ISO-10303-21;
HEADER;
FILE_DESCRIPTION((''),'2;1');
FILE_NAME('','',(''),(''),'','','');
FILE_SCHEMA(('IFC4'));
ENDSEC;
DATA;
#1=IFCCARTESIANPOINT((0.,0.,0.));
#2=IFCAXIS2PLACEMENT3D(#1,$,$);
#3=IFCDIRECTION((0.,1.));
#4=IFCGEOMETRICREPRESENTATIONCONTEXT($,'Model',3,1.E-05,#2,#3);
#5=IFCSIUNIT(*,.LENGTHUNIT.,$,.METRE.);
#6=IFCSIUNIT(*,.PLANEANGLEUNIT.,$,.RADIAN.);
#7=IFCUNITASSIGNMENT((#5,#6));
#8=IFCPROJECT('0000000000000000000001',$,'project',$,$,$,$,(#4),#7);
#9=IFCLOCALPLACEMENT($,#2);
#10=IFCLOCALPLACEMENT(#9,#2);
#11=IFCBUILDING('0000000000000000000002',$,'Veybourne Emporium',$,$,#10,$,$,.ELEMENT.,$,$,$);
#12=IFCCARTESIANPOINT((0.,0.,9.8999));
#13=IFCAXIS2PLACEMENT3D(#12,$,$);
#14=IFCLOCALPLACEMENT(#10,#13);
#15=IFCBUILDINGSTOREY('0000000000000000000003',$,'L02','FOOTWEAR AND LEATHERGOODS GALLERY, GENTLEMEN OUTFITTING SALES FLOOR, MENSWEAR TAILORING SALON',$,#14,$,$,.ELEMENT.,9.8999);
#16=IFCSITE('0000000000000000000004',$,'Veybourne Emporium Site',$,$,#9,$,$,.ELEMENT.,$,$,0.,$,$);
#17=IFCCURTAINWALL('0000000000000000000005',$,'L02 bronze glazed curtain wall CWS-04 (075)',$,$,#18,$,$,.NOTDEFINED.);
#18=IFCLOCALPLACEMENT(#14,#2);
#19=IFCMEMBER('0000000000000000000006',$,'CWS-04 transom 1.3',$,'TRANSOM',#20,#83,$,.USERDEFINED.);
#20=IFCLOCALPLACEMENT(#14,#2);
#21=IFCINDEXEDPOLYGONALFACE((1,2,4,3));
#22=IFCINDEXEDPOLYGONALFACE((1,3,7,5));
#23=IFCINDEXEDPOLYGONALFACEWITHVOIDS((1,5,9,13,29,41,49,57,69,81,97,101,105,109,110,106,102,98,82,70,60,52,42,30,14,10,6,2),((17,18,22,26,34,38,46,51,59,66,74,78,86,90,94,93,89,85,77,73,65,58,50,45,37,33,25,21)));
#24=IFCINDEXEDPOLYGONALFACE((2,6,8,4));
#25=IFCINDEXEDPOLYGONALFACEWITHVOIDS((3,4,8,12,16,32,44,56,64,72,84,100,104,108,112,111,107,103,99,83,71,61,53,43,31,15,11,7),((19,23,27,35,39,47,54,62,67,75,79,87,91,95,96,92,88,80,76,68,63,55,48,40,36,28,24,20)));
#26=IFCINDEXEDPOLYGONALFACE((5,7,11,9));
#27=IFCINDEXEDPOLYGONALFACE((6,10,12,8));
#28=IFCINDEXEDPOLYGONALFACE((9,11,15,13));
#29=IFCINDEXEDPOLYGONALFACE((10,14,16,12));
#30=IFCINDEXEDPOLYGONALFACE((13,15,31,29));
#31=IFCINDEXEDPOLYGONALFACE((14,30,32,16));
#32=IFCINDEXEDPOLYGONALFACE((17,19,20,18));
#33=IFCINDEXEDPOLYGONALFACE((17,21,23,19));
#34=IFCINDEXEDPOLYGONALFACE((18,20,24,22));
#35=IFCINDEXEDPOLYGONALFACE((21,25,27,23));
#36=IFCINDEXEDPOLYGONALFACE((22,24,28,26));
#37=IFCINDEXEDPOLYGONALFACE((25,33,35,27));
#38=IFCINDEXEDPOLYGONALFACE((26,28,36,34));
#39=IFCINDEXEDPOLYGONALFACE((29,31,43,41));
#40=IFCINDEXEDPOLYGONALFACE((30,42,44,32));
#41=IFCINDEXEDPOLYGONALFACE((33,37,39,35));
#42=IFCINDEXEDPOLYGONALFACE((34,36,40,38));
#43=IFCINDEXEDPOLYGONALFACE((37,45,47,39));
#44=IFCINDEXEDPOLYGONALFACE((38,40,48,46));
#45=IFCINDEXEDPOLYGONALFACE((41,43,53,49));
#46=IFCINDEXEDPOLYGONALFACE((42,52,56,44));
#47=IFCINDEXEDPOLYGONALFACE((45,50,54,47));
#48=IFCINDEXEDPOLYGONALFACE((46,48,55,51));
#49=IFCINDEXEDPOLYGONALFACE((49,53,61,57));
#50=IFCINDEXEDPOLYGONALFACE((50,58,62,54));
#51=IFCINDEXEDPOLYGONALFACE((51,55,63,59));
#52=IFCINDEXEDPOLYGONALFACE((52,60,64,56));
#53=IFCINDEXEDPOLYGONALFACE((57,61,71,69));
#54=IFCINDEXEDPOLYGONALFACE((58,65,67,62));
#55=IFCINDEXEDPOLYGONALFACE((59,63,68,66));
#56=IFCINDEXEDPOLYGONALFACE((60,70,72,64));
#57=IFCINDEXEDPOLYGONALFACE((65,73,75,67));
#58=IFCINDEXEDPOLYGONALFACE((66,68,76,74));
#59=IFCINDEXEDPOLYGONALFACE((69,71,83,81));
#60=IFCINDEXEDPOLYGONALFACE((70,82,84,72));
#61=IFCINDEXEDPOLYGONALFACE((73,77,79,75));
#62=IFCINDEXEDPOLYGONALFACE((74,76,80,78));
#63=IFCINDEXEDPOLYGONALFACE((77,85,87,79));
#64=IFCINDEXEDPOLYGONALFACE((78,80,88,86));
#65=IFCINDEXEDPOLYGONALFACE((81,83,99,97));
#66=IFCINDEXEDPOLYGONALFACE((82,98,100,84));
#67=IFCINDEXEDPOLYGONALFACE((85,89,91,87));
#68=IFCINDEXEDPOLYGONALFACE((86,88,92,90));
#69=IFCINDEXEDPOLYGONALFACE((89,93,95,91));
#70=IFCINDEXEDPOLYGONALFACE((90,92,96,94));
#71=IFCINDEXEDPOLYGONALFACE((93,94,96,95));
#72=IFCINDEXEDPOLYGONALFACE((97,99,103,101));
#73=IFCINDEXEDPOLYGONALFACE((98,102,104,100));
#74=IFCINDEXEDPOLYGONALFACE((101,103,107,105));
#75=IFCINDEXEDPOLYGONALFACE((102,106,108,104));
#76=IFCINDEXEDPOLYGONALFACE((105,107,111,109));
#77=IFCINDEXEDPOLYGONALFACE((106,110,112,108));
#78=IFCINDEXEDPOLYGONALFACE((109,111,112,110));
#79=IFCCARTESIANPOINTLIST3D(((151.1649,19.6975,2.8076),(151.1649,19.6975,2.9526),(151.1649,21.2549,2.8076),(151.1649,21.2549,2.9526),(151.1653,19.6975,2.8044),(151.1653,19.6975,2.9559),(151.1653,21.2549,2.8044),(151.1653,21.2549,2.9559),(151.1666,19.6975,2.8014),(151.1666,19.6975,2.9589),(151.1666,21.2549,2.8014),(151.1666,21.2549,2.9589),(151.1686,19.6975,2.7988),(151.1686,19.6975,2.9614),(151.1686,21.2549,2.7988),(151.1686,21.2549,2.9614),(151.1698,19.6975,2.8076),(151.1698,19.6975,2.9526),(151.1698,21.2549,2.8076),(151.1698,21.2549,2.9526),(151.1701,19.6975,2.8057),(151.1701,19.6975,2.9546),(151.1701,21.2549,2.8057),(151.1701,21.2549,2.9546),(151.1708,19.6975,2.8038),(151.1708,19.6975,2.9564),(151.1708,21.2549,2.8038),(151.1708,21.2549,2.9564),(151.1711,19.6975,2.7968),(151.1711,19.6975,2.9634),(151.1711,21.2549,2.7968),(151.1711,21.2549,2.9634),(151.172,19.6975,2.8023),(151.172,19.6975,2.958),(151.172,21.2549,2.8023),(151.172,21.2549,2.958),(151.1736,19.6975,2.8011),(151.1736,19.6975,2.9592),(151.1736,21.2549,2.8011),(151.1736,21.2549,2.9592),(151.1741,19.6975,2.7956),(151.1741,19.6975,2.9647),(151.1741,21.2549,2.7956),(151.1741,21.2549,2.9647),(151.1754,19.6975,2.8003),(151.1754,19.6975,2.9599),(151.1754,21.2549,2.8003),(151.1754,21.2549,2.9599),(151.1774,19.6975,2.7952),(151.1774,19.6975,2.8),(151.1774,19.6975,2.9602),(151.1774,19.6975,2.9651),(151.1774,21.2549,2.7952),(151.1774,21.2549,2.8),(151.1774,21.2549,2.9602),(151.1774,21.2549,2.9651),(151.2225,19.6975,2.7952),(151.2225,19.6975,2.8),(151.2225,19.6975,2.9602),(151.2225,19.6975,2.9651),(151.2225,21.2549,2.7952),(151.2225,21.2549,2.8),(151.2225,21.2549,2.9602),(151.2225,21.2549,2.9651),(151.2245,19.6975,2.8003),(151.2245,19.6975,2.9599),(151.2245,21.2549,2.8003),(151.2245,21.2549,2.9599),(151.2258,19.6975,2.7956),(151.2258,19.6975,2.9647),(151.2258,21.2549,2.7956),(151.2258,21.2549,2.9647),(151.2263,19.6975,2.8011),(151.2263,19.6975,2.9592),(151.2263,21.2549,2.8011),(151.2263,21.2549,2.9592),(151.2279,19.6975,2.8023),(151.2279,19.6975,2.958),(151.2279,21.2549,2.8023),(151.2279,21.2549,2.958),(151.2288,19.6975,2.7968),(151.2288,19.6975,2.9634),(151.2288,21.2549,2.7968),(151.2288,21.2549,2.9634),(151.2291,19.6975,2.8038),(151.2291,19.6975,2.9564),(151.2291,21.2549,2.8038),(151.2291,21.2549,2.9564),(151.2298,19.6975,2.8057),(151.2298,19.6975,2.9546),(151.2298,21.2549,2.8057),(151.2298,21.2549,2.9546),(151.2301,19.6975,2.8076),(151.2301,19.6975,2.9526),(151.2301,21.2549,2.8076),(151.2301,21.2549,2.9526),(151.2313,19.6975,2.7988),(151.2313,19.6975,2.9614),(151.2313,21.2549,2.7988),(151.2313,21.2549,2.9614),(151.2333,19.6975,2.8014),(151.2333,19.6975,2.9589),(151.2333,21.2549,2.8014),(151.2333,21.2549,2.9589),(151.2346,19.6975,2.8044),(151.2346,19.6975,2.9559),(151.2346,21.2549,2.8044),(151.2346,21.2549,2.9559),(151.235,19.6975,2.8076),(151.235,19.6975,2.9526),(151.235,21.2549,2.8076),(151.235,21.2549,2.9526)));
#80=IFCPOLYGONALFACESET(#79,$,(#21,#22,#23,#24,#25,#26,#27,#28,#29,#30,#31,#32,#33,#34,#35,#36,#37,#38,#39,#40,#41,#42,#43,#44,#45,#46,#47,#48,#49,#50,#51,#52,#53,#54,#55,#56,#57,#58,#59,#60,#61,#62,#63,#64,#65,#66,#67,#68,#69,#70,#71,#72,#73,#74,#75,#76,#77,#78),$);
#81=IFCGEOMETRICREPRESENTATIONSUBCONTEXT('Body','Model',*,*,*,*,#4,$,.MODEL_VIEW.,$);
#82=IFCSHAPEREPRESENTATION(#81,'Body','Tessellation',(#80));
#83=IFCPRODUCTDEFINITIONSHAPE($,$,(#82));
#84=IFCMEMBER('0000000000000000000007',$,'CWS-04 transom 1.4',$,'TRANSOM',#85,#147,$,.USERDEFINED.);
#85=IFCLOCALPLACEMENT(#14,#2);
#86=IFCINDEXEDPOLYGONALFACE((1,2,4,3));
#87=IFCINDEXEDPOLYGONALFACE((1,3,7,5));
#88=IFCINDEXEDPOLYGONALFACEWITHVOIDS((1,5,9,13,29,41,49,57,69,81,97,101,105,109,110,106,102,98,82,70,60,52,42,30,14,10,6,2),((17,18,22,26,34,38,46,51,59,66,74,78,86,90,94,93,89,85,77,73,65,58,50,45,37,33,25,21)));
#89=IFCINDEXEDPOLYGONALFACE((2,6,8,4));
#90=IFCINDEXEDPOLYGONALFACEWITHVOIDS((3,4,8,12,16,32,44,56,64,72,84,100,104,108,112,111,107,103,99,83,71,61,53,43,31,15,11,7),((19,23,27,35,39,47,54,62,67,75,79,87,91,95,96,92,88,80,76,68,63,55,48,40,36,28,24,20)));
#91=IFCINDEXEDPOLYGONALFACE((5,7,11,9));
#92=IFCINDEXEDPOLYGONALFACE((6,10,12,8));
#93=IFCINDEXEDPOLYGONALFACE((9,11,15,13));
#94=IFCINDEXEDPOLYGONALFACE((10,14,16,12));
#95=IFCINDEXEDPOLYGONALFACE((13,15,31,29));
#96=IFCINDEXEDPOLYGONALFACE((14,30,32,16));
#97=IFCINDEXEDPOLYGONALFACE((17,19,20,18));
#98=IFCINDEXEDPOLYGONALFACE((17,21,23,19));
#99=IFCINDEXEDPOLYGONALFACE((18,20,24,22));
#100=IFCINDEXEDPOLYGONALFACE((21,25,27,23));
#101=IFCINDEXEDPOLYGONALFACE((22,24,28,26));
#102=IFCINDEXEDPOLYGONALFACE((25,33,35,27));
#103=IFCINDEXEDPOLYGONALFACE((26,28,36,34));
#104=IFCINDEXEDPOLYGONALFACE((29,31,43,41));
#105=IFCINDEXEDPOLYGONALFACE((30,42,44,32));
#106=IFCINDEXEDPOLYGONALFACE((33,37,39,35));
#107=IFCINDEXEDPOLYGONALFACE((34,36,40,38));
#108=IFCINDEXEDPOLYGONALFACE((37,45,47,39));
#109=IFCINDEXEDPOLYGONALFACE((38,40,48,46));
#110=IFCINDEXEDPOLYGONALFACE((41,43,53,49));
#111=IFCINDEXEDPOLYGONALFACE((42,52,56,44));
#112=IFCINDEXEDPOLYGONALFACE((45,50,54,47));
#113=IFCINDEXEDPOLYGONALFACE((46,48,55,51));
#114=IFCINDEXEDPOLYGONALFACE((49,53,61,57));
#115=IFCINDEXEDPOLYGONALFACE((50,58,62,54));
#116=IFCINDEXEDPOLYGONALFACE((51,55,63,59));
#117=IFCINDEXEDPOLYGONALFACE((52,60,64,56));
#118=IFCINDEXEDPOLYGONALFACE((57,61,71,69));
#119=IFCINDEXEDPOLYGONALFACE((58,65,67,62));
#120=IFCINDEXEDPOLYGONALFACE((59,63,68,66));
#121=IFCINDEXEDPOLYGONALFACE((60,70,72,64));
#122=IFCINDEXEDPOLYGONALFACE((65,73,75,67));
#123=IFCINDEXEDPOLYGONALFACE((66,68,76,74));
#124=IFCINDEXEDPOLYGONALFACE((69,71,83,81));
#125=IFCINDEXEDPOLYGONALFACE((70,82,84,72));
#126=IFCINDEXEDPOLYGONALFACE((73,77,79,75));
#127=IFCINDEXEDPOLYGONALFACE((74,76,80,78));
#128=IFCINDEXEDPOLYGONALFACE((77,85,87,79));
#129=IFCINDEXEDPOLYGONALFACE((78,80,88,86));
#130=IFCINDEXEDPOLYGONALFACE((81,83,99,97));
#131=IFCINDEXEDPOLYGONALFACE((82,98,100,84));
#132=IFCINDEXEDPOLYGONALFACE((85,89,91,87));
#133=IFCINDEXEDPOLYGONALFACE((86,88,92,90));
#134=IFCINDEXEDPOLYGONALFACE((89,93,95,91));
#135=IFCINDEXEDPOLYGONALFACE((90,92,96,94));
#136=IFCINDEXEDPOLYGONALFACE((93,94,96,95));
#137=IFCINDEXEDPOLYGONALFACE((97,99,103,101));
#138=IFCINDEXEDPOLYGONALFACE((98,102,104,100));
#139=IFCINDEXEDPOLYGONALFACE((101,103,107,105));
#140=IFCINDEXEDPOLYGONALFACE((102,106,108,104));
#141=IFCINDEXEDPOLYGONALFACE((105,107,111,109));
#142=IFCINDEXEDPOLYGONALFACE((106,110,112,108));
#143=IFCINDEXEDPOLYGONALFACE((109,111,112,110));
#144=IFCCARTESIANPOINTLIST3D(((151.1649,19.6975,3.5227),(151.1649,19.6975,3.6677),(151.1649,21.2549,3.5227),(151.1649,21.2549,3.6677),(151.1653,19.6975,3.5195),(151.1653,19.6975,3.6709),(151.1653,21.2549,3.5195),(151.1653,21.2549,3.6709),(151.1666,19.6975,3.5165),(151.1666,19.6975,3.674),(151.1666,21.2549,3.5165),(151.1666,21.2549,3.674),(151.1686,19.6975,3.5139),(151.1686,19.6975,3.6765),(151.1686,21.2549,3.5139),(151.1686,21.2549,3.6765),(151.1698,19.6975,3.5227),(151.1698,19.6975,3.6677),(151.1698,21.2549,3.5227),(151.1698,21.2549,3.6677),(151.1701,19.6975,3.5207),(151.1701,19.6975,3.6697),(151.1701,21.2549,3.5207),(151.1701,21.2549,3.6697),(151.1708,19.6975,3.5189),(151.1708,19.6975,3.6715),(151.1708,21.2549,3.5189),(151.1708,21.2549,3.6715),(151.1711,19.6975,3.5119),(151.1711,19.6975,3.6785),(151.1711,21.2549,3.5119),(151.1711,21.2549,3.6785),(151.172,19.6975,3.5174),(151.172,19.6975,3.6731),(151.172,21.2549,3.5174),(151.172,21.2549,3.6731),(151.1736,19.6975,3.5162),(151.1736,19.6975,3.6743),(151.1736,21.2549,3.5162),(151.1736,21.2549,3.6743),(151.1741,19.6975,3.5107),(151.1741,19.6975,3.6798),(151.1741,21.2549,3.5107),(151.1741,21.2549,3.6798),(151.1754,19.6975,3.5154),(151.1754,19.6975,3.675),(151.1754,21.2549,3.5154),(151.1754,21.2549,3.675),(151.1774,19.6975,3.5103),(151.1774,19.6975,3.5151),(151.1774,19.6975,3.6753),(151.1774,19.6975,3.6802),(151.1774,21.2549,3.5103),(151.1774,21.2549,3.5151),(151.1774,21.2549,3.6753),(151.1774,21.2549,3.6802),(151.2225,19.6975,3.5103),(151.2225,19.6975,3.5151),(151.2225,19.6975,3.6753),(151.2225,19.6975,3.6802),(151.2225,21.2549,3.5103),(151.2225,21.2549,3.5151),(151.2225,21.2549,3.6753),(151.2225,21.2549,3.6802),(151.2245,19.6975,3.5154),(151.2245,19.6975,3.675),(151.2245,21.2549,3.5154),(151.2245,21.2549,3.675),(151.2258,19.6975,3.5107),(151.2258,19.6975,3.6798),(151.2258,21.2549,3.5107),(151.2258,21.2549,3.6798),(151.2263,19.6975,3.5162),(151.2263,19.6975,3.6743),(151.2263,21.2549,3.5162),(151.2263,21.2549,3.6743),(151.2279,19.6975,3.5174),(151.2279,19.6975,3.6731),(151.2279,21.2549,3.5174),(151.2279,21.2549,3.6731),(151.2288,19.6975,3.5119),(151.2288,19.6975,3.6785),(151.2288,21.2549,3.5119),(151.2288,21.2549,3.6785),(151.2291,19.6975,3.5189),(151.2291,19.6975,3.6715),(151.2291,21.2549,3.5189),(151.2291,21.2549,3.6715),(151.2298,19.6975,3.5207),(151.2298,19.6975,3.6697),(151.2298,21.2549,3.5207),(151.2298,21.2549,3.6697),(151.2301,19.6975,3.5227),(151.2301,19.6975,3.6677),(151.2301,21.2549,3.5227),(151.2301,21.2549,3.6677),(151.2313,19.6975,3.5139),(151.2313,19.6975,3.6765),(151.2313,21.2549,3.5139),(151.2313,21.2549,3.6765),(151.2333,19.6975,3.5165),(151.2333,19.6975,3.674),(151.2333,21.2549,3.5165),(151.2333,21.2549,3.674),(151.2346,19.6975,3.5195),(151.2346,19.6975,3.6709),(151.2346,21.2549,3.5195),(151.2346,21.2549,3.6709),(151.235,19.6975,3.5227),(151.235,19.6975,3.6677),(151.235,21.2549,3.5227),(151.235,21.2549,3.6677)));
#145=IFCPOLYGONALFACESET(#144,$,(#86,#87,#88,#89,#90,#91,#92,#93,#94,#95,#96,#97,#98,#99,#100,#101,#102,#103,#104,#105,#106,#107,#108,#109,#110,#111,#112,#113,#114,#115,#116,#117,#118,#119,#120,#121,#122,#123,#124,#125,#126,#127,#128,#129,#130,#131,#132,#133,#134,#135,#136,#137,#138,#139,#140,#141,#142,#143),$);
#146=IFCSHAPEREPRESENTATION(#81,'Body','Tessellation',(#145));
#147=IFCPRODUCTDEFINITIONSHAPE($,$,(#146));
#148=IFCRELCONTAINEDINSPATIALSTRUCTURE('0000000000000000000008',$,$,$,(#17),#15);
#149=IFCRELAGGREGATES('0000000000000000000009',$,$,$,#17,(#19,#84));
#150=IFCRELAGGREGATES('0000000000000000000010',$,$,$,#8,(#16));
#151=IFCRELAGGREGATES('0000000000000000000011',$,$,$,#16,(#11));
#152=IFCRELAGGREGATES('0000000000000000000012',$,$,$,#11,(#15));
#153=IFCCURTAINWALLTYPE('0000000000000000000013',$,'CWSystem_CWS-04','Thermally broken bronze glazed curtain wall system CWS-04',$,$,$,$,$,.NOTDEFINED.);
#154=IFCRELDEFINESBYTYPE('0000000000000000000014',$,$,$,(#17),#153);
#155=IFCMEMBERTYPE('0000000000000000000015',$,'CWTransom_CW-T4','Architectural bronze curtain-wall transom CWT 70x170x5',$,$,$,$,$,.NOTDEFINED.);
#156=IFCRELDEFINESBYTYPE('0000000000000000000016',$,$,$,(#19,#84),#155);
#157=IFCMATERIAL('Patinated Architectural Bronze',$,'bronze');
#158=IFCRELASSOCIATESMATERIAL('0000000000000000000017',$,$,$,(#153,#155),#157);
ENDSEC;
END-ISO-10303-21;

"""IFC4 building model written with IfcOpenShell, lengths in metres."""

from ifc_helpers import new_model, si_unit, direction, frame, origin, origin_2d, place, context, subcontext, project, spatial, hollow_rectangle, extrude, material, material_profile, profile_set, type_object, element, aggregate, save


model = new_model("IFC4")

# Units and contexts
model_context = context("Model", 3, precision=1e-05, world=origin(), true_north=direction((0.0, 1.0)))
body_context = subcontext(model_context, "Body", "Model", "MODEL_VIEW")
ifc_project = project(units=[si_unit("LENGTHUNIT", "METRE"), si_unit("PLANEANGLEUNIT", "RADIAN")], contexts=[model_context])

# Site, building, storey
site_placement = place(None, origin())
site = spatial("IfcSite", under=ifc_project, at=site_placement, Name="Veybourne Emporium Site", CompositionType="ELEMENT", RefElevation=0.0)
building_placement = place(site_placement, origin())
building = spatial("IfcBuilding", under=site, at=building_placement, Name="Veybourne Emporium", CompositionType="ELEMENT")
storey_placement = place(building_placement, frame((0.0, 0.0, 9.8999)))
storey = spatial("IfcBuildingStorey", under=building, at=storey_placement, Name="L02", Description="FOOTWEAR AND LEATHERGOODS GALLERY, GENTLEMEN OUTFITTING SALES FLOOR, MENSWEAR TAILORING SALON", CompositionType="ELEMENT", Elevation=9.8999)

# Curtain wall, members
ifc_material_1 = material(Name="Patinated Architectural Bronze", Category="bronze")
curtain_wall_type = type_object("IfcCurtainWallType", Name="CWSystem_CWS-04", Description="Thermally broken bronze glazed curtain wall system CWS-04", PredefinedType="NOTDEFINED", material=ifc_material_1)
curtain_wall_placement = place(storey_placement, origin())
curtain_wall = element("IfcCurtainWall", 1, at=curtain_wall_placement, inside=storey, type_object=curtain_wall_type, Name="L02 bronze glazed curtain wall CWS-04 (075)", PredefinedType="NOTDEFINED")
ifc_material_profile_1 = material_profile(ifc_material_1, hollow_rectangle(XDim=0.0701, YDim=0.1699, WallThickness=0.0049, InnerFilletRadius=0.0076, OuterFilletRadius=0.0125, at=origin_2d()), Name="CWT 70x170x5")
ifc_profile_set_1 = profile_set([ifc_material_profile_1], Name="Patinated Architectural Bronze")
member_type_1 = type_object("IfcMemberType", Name="CWTransom_CW-T4", Description="Architectural bronze curtain-wall transom CWT 70x170x5", PredefinedType="NOTDEFINED", material=ifc_profile_set_1)
member_1_placement = place(storey_placement, frame((151.2, 21.2549, 2.8801), z_axis=(0.0, -1.0, 0.0), x_axis=(1.0, 0.0, 0.0)))
member_1 = element("IfcMember", 2, at=member_1_placement, type_object=member_type_1, Name="CWS-04 transom 1.3", ObjectType="TRANSOM", PredefinedType="USERDEFINED", context=body_context, shape_type="SweptSolid", body=[
    extrude(hollow_rectangle(XDim=0.0701, YDim=0.1699, WallThickness=0.0049, InnerFilletRadius=0.0076, OuterFilletRadius=0.0125, at=origin_2d()), origin(), (0.0, 0.0, 1.0), 1.5574),
])
member_2_placement = place(storey_placement, frame((151.2, 21.2549, 3.5952), z_axis=(0.0, -1.0, 0.0), x_axis=(1.0, 0.0, 0.0)))
member_2 = element("IfcMember", 3, at=member_2_placement, type_object=member_type_1, Name="CWS-04 transom 1.4", ObjectType="TRANSOM", PredefinedType="USERDEFINED", context=body_context, shape_type="SweptSolid", body=[
    extrude(hollow_rectangle(XDim=0.0701, YDim=0.1699, WallThickness=0.0049, InnerFilletRadius=0.0076, OuterFilletRadius=0.0125, at=origin_2d()), origin(), (0.0, 0.0, 1.0), 1.5574),
])
aggregate(curtain_wall, [member_1, member_2])

save(model, "model.ifc")
